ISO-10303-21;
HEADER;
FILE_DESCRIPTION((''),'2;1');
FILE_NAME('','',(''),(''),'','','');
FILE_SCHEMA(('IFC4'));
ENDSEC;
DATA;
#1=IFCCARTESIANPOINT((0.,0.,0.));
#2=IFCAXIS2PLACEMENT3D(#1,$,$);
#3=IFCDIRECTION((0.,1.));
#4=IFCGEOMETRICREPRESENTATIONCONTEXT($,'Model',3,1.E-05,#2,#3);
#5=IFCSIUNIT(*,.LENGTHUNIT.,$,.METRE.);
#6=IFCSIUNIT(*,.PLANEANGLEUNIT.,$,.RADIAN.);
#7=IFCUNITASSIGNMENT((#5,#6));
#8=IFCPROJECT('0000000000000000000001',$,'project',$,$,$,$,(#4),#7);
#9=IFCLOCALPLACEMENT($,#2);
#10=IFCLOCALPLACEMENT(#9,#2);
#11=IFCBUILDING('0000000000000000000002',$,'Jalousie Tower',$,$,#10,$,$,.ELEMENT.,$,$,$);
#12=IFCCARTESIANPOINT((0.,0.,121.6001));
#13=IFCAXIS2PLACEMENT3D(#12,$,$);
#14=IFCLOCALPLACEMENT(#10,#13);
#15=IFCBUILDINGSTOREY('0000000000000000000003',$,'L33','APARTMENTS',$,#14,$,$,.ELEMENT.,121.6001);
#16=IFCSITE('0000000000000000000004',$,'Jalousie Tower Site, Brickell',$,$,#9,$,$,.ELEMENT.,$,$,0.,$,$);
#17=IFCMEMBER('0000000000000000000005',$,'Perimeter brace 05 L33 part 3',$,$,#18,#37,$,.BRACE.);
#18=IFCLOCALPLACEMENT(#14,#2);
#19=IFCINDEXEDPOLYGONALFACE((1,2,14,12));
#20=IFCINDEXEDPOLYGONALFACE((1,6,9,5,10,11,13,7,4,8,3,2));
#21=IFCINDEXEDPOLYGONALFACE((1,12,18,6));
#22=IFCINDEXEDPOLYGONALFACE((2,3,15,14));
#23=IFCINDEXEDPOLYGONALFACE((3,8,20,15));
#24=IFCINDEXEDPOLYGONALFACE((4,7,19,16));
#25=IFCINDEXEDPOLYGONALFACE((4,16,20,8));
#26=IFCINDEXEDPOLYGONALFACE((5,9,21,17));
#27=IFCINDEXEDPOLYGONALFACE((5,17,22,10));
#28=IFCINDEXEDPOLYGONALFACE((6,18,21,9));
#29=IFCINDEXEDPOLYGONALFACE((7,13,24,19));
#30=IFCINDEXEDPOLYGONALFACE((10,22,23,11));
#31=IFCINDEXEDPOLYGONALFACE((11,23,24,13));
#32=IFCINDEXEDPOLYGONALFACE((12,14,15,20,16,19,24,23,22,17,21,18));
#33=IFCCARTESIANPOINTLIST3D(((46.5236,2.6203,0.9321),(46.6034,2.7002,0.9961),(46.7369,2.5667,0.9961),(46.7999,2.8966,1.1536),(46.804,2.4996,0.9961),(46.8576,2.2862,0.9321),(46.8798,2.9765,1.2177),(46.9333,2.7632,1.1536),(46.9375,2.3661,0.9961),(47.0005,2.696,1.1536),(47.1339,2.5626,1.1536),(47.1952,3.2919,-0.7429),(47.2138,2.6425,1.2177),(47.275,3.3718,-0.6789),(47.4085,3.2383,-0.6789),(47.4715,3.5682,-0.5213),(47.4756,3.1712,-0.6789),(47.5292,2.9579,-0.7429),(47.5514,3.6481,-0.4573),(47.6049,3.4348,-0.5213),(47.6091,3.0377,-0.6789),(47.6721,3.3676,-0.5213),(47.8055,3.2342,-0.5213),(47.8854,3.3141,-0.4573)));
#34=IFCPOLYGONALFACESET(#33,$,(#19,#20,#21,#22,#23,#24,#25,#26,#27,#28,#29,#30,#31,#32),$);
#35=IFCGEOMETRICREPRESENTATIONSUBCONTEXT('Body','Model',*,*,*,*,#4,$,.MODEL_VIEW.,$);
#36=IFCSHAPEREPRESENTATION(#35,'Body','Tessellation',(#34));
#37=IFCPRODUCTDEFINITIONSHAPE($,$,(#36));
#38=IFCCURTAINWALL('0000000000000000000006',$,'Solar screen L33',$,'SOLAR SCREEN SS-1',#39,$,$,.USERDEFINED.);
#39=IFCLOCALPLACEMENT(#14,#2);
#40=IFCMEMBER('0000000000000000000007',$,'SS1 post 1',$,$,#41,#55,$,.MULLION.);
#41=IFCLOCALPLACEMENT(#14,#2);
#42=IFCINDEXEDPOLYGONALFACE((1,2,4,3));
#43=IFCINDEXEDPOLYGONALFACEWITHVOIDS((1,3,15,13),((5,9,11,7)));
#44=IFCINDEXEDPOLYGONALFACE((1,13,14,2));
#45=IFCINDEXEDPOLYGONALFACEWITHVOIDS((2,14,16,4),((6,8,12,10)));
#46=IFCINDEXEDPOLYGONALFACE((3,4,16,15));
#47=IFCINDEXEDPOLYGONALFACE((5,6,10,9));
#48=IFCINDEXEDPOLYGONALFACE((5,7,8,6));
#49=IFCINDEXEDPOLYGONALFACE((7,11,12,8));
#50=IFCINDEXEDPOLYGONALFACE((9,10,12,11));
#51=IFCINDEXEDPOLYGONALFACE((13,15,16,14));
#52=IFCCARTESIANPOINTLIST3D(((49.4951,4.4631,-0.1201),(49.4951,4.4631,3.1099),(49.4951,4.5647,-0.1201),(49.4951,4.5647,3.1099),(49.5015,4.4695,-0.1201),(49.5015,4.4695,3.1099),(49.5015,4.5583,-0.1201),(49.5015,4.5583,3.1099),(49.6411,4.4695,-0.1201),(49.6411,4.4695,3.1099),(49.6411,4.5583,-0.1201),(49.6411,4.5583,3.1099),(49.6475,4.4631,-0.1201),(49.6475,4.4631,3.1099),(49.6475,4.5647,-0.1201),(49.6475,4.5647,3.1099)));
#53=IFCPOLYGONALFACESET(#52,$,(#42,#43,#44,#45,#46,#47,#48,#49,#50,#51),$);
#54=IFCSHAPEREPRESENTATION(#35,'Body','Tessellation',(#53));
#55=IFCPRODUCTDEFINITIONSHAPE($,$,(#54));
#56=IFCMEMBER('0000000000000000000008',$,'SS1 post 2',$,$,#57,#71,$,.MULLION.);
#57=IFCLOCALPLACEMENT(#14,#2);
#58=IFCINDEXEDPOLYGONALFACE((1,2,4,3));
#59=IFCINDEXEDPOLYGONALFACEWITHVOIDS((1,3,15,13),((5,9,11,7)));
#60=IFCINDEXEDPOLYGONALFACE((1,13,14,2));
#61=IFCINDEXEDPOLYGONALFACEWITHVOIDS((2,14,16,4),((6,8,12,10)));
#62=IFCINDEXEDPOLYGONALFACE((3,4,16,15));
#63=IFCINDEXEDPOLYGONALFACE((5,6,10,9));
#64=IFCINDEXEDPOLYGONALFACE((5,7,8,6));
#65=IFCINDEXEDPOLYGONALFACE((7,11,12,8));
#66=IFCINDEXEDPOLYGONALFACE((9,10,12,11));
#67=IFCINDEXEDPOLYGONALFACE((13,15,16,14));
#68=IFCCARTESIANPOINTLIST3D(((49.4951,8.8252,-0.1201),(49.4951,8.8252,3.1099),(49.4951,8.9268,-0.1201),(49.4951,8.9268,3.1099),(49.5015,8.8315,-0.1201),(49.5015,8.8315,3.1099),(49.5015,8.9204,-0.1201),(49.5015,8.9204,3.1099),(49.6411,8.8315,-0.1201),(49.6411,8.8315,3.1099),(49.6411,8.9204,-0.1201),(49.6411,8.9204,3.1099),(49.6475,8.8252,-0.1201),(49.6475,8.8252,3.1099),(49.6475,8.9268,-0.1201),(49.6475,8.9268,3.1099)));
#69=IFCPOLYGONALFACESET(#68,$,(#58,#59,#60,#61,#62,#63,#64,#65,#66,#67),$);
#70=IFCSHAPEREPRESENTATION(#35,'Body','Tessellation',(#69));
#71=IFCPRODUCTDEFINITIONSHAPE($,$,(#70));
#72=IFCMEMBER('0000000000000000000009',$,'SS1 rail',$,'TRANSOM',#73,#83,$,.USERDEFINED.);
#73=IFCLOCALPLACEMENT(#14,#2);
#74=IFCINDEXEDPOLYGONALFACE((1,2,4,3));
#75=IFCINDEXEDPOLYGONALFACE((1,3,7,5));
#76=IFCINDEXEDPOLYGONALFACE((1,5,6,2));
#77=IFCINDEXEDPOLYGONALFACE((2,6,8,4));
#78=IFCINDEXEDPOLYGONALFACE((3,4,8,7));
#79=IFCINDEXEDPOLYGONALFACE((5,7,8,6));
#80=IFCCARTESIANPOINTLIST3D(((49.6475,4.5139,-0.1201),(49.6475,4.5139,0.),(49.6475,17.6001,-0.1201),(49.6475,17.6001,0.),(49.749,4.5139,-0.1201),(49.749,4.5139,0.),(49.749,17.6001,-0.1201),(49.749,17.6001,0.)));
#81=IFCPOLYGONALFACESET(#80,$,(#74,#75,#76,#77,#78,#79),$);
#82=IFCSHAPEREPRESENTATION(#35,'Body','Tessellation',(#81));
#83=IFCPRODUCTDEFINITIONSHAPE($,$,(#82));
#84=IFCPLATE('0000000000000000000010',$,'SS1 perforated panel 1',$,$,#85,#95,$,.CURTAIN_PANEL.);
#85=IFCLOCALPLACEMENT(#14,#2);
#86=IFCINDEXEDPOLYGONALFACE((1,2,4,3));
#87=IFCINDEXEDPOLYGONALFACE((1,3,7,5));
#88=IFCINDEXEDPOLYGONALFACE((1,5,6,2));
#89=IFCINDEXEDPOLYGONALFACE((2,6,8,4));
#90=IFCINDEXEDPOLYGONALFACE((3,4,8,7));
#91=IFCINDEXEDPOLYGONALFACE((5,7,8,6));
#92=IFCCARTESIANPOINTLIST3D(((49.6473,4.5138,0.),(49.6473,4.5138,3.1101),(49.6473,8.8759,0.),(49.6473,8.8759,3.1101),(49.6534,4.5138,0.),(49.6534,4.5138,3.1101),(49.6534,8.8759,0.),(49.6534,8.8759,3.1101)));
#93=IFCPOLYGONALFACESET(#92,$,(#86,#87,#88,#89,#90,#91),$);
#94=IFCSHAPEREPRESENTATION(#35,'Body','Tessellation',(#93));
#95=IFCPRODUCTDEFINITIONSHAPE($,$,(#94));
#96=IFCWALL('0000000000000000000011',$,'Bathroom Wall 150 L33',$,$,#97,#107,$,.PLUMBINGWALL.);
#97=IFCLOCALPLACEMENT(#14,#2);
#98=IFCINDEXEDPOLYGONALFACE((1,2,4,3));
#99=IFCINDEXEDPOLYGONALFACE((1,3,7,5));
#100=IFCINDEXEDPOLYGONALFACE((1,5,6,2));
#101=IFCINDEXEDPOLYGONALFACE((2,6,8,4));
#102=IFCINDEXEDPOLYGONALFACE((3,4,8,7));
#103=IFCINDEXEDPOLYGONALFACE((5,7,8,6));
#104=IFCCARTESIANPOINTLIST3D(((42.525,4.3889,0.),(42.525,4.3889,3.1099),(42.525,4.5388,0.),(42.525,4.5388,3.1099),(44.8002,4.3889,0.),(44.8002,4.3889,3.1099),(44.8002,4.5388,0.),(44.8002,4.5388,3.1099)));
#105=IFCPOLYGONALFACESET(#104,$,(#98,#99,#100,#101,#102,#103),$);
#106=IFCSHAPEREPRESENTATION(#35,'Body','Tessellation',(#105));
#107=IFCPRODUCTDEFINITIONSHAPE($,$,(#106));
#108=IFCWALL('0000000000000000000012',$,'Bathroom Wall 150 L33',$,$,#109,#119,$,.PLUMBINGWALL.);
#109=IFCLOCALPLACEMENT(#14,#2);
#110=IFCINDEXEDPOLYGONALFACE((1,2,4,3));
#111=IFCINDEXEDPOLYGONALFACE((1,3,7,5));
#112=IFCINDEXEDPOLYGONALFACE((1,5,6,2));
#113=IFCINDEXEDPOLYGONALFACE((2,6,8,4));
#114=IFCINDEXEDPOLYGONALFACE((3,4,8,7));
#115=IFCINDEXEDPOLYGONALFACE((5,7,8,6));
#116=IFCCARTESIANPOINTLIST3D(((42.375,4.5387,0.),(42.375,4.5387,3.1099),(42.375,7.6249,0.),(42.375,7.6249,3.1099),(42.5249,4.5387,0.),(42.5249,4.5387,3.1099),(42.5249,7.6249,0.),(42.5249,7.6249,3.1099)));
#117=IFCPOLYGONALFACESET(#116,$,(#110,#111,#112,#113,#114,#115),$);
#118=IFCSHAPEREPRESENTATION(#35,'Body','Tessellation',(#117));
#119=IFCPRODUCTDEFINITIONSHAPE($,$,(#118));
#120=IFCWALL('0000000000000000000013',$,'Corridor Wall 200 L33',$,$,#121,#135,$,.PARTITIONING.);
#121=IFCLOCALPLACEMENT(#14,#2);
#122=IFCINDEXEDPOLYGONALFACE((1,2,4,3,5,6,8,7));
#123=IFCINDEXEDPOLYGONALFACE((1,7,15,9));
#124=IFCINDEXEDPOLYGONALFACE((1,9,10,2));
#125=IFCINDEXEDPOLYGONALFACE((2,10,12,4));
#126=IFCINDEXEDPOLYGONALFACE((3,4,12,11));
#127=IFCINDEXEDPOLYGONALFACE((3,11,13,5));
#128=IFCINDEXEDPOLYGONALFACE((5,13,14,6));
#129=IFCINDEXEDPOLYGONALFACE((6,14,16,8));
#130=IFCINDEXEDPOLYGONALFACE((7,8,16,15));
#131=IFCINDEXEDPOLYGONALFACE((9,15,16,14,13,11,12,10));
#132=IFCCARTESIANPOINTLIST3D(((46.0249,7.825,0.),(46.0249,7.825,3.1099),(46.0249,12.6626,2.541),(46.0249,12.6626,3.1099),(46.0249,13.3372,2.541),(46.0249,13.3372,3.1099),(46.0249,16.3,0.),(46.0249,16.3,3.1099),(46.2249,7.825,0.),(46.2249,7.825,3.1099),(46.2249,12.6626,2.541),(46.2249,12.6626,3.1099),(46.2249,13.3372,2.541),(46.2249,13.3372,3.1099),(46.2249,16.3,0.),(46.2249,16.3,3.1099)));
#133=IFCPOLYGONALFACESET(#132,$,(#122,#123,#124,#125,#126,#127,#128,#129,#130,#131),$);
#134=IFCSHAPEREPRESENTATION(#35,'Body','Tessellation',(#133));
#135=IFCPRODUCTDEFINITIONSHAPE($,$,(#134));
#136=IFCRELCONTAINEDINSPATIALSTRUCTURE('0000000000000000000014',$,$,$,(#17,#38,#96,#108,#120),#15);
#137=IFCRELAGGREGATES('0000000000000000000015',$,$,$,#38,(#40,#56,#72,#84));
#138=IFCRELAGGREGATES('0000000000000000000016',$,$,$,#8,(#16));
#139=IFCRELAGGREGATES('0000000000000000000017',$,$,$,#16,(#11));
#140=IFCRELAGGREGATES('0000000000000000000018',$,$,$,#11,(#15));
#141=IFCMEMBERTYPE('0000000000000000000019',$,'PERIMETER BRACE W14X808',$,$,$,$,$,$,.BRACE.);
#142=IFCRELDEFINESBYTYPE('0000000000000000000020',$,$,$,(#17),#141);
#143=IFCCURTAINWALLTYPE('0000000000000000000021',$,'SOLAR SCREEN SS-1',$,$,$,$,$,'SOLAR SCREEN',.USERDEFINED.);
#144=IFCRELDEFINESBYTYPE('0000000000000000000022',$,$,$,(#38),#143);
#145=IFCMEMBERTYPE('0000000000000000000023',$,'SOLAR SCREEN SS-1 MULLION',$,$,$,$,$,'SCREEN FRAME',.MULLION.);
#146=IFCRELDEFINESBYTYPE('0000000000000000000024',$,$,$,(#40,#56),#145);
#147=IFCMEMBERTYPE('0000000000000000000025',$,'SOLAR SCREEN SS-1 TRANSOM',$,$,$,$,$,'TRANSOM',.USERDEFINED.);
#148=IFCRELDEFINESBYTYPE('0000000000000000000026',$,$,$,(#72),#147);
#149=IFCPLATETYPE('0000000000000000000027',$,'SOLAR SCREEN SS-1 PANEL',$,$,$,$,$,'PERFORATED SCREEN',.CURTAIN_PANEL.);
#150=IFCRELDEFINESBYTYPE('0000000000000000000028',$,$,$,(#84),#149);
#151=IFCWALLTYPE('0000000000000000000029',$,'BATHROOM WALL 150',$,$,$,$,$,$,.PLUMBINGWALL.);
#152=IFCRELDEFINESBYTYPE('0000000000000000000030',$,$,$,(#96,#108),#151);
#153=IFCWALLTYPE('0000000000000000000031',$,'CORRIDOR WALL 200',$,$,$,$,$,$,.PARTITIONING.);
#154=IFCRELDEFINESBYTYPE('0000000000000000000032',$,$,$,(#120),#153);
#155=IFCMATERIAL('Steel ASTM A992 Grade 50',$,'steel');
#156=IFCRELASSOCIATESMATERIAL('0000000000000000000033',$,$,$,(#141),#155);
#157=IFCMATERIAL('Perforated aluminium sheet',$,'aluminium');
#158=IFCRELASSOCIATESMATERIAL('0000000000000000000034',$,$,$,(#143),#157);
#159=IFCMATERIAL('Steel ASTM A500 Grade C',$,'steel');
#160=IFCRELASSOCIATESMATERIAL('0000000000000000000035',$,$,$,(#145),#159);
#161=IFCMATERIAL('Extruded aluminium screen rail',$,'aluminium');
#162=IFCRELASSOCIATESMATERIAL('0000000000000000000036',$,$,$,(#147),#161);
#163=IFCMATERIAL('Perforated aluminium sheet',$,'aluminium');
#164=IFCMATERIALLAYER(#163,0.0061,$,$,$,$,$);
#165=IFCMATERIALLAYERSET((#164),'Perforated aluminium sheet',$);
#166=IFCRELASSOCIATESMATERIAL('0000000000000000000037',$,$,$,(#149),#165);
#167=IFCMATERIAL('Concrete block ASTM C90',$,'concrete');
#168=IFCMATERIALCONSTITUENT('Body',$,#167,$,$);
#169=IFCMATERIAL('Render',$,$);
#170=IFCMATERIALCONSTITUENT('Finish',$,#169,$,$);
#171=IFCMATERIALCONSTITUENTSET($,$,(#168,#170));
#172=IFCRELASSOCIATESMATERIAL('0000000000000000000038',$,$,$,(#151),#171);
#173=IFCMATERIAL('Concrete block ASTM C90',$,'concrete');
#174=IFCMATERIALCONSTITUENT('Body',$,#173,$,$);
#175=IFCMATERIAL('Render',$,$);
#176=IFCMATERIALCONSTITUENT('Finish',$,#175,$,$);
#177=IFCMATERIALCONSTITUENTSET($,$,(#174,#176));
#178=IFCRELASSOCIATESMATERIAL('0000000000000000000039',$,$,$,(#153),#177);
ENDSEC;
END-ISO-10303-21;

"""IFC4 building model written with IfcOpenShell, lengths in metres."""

from ifc_helpers import new_model, si_unit, direction, frame, frame_2d, origin, origin_2d, place, context, subcontext, project, spatial, polyline, rectangle, hollow_rectangle, i_section, outline, extrude, material, layer, layer_set, constituent, constituent_set, material_profile, profile_set, type_object, element, aggregate, save


model = new_model("IFC4")

# Units and contexts
model_context = context("Model", 3, precision=1e-05, world=origin(), true_north=direction((0.0, 1.0)))
body_context = subcontext(model_context, "Body", "Model", "MODEL_VIEW")
ifc_project = project(units=[si_unit("LENGTHUNIT", "METRE"), si_unit("PLANEANGLEUNIT", "RADIAN")], contexts=[model_context])

# Site, building, storey
site_placement = place(None, origin())
site = spatial("IfcSite", under=ifc_project, at=site_placement, Name="Jalousie Tower Site, Brickell", CompositionType="ELEMENT", RefElevation=0.0)
building_placement = place(site_placement, origin())
building = spatial("IfcBuilding", under=site, at=building_placement, Name="Jalousie Tower", CompositionType="ELEMENT")
storey_placement = place(building_placement, frame((0.0, 0.0, 121.6001)))
storey = spatial("IfcBuildingStorey", under=building, at=storey_placement, Name="L33", Description="APARTMENTS", CompositionType="ELEMENT", Elevation=121.6001)

# Member
ifc_material_1 = material(Name="Steel ASTM A992 Grade 50", Category="steel")
ifc_material_profile_1 = material_profile(ifc_material_1, i_section(OverallWidth=0.4724, OverallDepth=0.5791, WebThickness=0.095, FlangeThickness=0.1299, at=origin_2d()), Name="W14X808")
ifc_profile_set_1 = profile_set([ifc_material_profile_1], Name="Steel ASTM A992 Grade 50")
member_type_1 = type_object("IfcMemberType", Name="PERIMETER BRACE W14X808", PredefinedType="BRACE", material=ifc_profile_set_1)
member_1_placement = place(storey_placement, frame((47.5403, 3.303, -0.6001), z_axis=(-0.348789, -0.348789, 0.869881), x_axis=(0.707107, -0.707107, 0.0)))
element("IfcMember", 1, at=member_1_placement, inside=storey, type_object=member_type_1, Name="Perimeter brace 05 L33 part 3", PredefinedType="BRACE", context=body_context, shape_type="SweptSolid", body=[
    extrude(i_section(OverallWidth=0.4724, OverallDepth=0.5791, WebThickness=0.095, FlangeThickness=0.1299, at=origin_2d()), origin(), (0.0, 0.0, 1.0), 1.9255),
])

# Curtain wall, members, plate
ifc_material_2 = material(Name="Perforated aluminium sheet", Category="aluminium")
curtain_wall_type = type_object("IfcCurtainWallType", Name="SOLAR SCREEN SS-1", ElementType="SOLAR SCREEN", PredefinedType="USERDEFINED", material=ifc_material_2)
curtain_wall_placement = place(storey_placement, origin())
curtain_wall = element("IfcCurtainWall", 2, at=curtain_wall_placement, inside=storey, type_object=curtain_wall_type, Name="Solar screen L33", ObjectType="SOLAR SCREEN SS-1", PredefinedType="USERDEFINED")
ifc_material_3 = material(Name="Steel ASTM A500 Grade C", Category="steel")
ifc_material_profile_2 = material_profile(ifc_material_3, hollow_rectangle(XDim=0.1016, YDim=0.1523, WallThickness=0.0063, at=origin_2d()), Name="HSS6X4X1/4")
ifc_profile_set_2 = profile_set([ifc_material_profile_2], Name="Steel ASTM A500 Grade C")
member_type_2 = type_object("IfcMemberType", Name="SOLAR SCREEN SS-1 MULLION", ElementType="SCREEN FRAME", PredefinedType="MULLION", material=ifc_profile_set_2)
member_2_placement = place(storey_placement, frame((49.5713, 4.5139, -0.1201), z_axis=(0.0, 0.0, 1.0), x_axis=(0.0, 1.0, 0.0)))
member_2 = element("IfcMember", 3, at=member_2_placement, type_object=member_type_2, Name="SS1 post 1", PredefinedType="MULLION", context=body_context, shape_type="SweptSolid", body=[
    extrude(hollow_rectangle(XDim=0.1016, YDim=0.1523, WallThickness=0.0063, at=origin_2d()), origin(), (0.0, 0.0, 1.0), 3.23),
])
member_3_placement = place(storey_placement, frame((49.5713, 8.876, -0.1201), z_axis=(0.0, 0.0, 1.0), x_axis=(0.0, 1.0, 0.0)))
member_3 = element("IfcMember", 4, at=member_3_placement, type_object=member_type_2, Name="SS1 post 2", PredefinedType="MULLION", context=body_context, shape_type="SweptSolid", body=[
    extrude(hollow_rectangle(XDim=0.1016, YDim=0.1523, WallThickness=0.0063, at=origin_2d()), origin(), (0.0, 0.0, 1.0), 3.23),
])
ifc_material_4 = material(Name="Extruded aluminium screen rail", Category="aluminium")
ifc_material_profile_3 = material_profile(ifc_material_4, rectangle(XDim=0.1016, YDim=0.1201, at=origin_2d()), Name="RAIL 102x120")
ifc_profile_set_3 = profile_set([ifc_material_profile_3], Name="Extruded aluminium screen rail")
member_type_3 = type_object("IfcMemberType", Name="SOLAR SCREEN SS-1 TRANSOM", ElementType="TRANSOM", PredefinedType="USERDEFINED", material=ifc_profile_set_3)
member_4_placement = place(storey_placement, frame((49.6982, 4.5139, -0.0601), z_axis=(0.0, 1.0, 0.0), x_axis=(-1.0, 0.0, 0.0)))
member_4 = element("IfcMember", 5, at=member_4_placement, type_object=member_type_3, Name="SS1 rail", ObjectType="TRANSOM", PredefinedType="USERDEFINED", context=body_context, shape_type="SweptSolid", body=[
    extrude(rectangle(XDim=0.1016, YDim=0.1201, at=origin_2d()), origin(), (0.0, 0.0, 1.0), 13.0862),
])
ifc_material_5 = material(Name="Perforated aluminium sheet", Category="aluminium")
ifc_layer_1 = layer(ifc_material_5, 0.0061)
ifc_layer_set_1 = layer_set([ifc_layer_1], Name="Perforated aluminium sheet")
plate_type = type_object("IfcPlateType", Name="SOLAR SCREEN SS-1 PANEL", ElementType="PERFORATED SCREEN", PredefinedType="CURTAIN_PANEL", material=ifc_layer_set_1)
plate_placement = place(storey_placement, frame((49.6504, 6.6948, 0.0), z_axis=(0.0, 0.0, 1.0), x_axis=(0.0, 1.0, 0.0)))
plate = element("IfcPlate", 6, at=plate_placement, type_object=plate_type, Name="SS1 perforated panel 1", PredefinedType="CURTAIN_PANEL", context=body_context, shape_type="SweptSolid", body=[
    extrude(rectangle(XDim=4.3621, YDim=0.0061, at=origin_2d()), origin(), (0.0, 0.0, 1.0), 3.1101),
])
aggregate(curtain_wall, [member_2, member_3, member_4, plate])

# Walls
ifc_material_6 = material(Name="Concrete block ASTM C90", Category="concrete")
ifc_constituent_1 = constituent(ifc_material_6, Name="Body")
ifc_material_7 = material(Name="Render")
ifc_constituent_2 = constituent(ifc_material_7, Name="Finish")
ifc_constituent_set_1 = constituent_set(constituents=[ifc_constituent_1, ifc_constituent_2])
wall_type_1 = type_object("IfcWallType", Name="BATHROOM WALL 150", PredefinedType="PLUMBINGWALL", material=ifc_constituent_set_1)
wall_1_placement = place(storey_placement, frame((42.5249, 4.4639, 0.0), z_axis=(0.0, 0.0, 1.0), x_axis=(1.0, 0.0, 0.0)))
element("IfcWall", 7, at=wall_1_placement, inside=storey, type_object=wall_type_1, Name="Bathroom Wall 150 L33", PredefinedType="PLUMBINGWALL", context=body_context, shape_type="SweptSolid", body=[
    extrude(rectangle(XDim=2.2751, YDim=0.1499, at=frame_2d((1.1377, 0.0))), origin(), (0.0, 0.0, 1.0), 3.1099),
])
wall_2_placement = place(storey_placement, frame((42.45, 4.5388, 0.0), z_axis=(0.0, 0.0, 1.0), x_axis=(0.0, 1.0, 0.0)))
element("IfcWall", 8, at=wall_2_placement, inside=storey, type_object=wall_type_1, Name="Bathroom Wall 150 L33", PredefinedType="PLUMBINGWALL", context=body_context, shape_type="SweptSolid", body=[
    extrude(rectangle(XDim=3.0862, YDim=0.1499, at=frame_2d((1.543, 0.0))), origin(), (0.0, 0.0, 1.0), 3.1099),
])
ifc_material_8 = material(Name="Concrete block ASTM C90", Category="concrete")
ifc_constituent_3 = constituent(ifc_material_8, Name="Body")
ifc_material_9 = material(Name="Render")
ifc_constituent_4 = constituent(ifc_material_9, Name="Finish")
ifc_constituent_set_2 = constituent_set(constituents=[ifc_constituent_3, ifc_constituent_4])
wall_type_2 = type_object("IfcWallType", Name="CORRIDOR WALL 200", PredefinedType="PARTITIONING", material=ifc_constituent_set_2)
wall_3_placement = place(storey_placement, frame((46.125, 7.825, 0.0), z_axis=(0.0, 0.0, 1.0), x_axis=(0.0, 1.0, 0.0)))
element("IfcWall", 9, at=wall_3_placement, inside=storey, type_object=wall_type_2, Name="Corridor Wall 200 L33", PredefinedType="PARTITIONING", context=body_context, shape_type="SweptSolid", body=[
    extrude(outline(polyline([(0.0, 0.0), (8.4751, 0.0), (8.4751, 3.1099), (5.5122, 3.1099), (5.5122, 2.541), (4.8376, 2.541), (4.8376, 3.1099), (0.0, 3.1099), (0.0, 0.0)])), frame((0.0, 0.1001, 0.0), z_axis=(0.0, -1.0, 0.0), x_axis=(1.0, 0.0, 0.0)), (0.0, 0.0, 1.0), 0.2),
])

save(model, "model.ifc")
